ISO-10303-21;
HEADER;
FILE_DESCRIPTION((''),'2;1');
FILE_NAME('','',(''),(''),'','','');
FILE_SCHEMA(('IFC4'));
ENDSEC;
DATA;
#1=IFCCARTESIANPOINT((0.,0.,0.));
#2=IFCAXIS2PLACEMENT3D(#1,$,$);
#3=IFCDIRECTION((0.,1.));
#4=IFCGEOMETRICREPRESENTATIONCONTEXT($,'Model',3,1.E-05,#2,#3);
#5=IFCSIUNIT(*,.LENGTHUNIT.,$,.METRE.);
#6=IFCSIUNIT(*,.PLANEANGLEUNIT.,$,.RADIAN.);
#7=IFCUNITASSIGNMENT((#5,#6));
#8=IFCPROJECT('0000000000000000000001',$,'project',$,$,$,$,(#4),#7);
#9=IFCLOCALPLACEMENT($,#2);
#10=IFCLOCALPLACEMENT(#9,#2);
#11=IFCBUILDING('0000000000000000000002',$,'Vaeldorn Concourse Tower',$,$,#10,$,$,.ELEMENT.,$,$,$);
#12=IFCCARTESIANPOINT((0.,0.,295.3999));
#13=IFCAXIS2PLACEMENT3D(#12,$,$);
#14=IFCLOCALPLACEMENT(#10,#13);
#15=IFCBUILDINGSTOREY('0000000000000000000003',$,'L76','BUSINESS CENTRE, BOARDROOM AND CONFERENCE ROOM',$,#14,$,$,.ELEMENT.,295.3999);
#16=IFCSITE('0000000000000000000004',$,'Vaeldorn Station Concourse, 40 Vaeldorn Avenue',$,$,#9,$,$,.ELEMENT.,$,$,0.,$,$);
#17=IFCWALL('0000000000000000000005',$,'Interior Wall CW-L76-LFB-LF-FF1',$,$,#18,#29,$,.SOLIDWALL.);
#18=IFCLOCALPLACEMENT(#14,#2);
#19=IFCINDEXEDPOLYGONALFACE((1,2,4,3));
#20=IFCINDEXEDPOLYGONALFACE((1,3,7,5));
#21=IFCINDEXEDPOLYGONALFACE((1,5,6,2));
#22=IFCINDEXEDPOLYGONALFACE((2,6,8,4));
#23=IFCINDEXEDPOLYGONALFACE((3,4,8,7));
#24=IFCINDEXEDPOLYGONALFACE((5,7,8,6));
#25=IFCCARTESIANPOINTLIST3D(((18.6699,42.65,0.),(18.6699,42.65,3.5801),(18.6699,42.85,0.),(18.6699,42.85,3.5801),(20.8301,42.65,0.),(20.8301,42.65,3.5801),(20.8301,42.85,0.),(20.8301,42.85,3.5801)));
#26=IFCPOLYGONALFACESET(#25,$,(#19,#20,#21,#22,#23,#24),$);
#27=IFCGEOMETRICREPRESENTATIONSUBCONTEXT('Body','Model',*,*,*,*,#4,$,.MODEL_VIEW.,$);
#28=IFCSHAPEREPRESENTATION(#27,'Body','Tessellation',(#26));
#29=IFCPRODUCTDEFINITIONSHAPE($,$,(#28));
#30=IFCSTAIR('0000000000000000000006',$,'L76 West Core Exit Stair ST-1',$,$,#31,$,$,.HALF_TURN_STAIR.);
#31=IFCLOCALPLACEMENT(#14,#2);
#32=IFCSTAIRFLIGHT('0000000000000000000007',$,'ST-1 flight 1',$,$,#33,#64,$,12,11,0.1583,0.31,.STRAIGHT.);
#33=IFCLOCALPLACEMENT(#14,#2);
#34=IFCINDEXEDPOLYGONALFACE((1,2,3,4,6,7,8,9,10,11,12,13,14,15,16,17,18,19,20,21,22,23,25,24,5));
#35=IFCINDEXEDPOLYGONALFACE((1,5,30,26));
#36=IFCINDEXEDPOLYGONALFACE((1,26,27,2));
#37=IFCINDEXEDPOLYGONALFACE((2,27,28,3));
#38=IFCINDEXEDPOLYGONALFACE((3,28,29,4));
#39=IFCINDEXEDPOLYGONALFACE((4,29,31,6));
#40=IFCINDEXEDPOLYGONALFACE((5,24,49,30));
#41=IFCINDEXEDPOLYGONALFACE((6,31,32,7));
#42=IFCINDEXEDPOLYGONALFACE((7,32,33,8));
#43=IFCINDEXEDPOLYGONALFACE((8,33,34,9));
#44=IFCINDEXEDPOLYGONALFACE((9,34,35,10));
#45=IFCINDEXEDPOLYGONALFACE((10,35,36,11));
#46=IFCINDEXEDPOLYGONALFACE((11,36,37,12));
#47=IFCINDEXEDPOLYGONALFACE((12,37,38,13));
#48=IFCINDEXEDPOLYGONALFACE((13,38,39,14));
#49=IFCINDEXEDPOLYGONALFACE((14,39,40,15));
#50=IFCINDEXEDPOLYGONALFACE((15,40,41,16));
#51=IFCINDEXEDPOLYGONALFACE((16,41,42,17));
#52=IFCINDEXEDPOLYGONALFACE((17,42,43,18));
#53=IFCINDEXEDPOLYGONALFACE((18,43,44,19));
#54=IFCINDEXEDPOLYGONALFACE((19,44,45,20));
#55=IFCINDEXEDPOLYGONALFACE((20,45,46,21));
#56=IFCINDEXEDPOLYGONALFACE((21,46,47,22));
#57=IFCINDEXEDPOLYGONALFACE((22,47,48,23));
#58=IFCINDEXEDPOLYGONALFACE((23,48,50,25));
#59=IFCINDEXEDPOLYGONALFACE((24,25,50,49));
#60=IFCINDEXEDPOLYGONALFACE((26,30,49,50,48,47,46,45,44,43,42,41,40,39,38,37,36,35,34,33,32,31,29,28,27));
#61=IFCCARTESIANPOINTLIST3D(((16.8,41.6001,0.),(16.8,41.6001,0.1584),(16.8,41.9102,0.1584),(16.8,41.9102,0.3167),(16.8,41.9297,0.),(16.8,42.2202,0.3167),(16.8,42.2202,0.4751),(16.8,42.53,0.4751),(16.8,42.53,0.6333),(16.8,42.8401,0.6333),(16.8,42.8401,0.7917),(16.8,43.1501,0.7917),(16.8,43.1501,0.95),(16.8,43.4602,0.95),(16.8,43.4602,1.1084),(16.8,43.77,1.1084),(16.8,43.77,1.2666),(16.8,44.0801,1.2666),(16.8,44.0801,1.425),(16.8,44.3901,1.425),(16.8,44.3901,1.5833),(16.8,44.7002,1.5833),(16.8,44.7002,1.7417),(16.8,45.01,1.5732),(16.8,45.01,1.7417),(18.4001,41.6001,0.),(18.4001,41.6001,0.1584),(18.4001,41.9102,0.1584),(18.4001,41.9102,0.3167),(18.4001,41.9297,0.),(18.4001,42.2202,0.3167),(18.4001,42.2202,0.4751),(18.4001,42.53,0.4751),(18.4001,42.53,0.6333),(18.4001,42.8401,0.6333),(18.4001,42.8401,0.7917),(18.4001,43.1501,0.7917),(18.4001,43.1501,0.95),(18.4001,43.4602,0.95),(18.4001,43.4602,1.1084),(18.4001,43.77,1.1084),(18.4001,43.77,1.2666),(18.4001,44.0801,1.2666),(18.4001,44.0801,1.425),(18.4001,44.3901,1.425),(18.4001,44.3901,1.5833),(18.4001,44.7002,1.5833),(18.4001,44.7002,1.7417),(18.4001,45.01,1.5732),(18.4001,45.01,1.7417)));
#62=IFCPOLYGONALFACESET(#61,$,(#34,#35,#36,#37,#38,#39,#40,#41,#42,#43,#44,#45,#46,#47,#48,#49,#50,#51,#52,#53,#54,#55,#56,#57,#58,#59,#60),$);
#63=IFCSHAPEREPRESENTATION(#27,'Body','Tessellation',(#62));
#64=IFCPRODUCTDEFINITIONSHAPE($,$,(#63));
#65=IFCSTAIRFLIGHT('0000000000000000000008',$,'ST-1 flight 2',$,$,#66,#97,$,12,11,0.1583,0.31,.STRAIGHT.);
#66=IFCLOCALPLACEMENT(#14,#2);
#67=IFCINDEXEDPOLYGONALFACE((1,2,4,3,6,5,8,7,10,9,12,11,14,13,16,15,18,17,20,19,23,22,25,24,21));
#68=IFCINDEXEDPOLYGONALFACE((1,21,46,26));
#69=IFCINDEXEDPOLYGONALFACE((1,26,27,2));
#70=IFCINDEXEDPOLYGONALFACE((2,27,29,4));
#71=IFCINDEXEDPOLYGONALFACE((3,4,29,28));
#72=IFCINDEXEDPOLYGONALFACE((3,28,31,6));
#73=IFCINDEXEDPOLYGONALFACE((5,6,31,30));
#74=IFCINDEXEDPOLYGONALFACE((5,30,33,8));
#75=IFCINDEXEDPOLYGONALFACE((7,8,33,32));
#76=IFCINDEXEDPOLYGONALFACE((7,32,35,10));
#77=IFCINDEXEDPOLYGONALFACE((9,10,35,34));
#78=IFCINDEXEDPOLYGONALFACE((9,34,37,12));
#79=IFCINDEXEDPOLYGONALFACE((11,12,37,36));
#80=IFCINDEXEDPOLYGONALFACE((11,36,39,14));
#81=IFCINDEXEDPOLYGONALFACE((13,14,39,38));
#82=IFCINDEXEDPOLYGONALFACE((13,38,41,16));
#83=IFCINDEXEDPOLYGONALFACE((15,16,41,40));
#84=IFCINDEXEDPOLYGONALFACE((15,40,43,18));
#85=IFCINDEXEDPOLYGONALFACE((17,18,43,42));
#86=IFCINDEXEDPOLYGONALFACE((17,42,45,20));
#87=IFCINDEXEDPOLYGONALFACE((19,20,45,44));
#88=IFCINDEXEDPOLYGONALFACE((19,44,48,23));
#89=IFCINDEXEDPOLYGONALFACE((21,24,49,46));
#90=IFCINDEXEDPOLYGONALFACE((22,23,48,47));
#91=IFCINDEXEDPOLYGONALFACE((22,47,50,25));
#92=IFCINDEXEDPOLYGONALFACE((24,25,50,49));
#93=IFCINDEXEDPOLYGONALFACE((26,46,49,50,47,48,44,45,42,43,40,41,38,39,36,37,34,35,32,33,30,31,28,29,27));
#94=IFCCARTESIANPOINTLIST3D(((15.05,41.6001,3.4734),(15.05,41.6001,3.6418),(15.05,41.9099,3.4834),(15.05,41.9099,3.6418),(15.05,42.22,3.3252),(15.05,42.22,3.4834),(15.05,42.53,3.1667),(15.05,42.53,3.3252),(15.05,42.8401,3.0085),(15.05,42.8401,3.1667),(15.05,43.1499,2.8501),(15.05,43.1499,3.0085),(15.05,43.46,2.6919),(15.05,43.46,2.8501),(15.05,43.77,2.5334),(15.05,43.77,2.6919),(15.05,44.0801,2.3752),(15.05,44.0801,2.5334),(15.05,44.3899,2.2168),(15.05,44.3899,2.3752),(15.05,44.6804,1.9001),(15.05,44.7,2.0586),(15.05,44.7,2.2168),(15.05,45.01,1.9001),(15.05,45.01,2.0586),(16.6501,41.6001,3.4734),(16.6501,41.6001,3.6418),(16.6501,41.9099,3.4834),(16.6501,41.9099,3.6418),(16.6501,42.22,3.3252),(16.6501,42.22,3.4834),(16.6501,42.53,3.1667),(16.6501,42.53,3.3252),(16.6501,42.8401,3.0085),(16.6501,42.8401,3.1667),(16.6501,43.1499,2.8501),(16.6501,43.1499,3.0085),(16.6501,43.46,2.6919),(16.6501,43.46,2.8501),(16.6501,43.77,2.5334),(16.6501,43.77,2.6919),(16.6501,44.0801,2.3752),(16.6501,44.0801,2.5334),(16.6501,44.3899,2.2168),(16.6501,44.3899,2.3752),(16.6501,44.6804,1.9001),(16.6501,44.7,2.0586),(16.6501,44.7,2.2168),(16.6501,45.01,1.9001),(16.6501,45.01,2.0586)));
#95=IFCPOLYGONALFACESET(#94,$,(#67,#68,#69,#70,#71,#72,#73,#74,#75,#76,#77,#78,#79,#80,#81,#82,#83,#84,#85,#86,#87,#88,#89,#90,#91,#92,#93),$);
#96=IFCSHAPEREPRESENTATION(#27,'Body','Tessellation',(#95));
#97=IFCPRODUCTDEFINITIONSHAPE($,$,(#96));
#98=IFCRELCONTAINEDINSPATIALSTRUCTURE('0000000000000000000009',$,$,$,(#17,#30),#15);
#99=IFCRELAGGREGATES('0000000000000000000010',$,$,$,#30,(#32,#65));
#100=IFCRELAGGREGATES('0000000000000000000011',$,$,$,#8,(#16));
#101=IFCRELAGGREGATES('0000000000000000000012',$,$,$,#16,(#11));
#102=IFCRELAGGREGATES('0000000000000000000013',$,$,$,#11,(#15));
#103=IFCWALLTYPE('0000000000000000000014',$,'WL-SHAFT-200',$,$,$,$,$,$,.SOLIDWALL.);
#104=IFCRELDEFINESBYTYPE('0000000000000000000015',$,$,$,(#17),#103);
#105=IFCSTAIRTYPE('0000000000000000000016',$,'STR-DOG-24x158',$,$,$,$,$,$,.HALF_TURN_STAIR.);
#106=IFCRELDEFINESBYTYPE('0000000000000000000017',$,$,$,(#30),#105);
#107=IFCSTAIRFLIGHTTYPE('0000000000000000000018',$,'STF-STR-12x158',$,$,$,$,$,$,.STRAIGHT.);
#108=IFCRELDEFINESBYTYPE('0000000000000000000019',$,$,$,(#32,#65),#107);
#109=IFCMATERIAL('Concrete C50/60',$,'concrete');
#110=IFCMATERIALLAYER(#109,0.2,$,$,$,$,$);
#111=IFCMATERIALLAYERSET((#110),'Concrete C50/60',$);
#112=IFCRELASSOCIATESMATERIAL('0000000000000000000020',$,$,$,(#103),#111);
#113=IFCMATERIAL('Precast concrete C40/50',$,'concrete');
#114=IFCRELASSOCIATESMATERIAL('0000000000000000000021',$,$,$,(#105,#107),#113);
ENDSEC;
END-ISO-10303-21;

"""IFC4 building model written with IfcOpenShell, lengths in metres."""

from ifc_helpers import new_model, si_unit, direction, frame, frame_2d, origin, place, context, subcontext, project, spatial, polyline, rectangle, outline, extrude, material, layer, layer_set, type_object, element, aggregate, save


model = new_model("IFC4")

# Units and contexts
model_context = context("Model", 3, precision=1e-05, world=origin(), true_north=direction((0.0, 1.0)))
body_context = subcontext(model_context, "Body", "Model", "MODEL_VIEW")
ifc_project = project(units=[si_unit("LENGTHUNIT", "METRE"), si_unit("PLANEANGLEUNIT", "RADIAN")], contexts=[model_context])

# Site, building, storey
site_placement = place(None, origin())
site = spatial("IfcSite", under=ifc_project, at=site_placement, Name="Vaeldorn Station Concourse, 40 Vaeldorn Avenue", CompositionType="ELEMENT", RefElevation=0.0)
building_placement = place(site_placement, origin())
building = spatial("IfcBuilding", under=site, at=building_placement, Name="Vaeldorn Concourse Tower", CompositionType="ELEMENT")
storey_placement = place(building_placement, frame((0.0, 0.0, 295.3999)))
storey = spatial("IfcBuildingStorey", under=building, at=storey_placement, Name="L76", Description="BUSINESS CENTRE, BOARDROOM AND CONFERENCE ROOM", CompositionType="ELEMENT", Elevation=295.3999)

# Shared definitions
ifc_material_1 = material(Name="Concrete C50/60", Category="concrete")

# Shared definitions
ifc_layer_1 = layer(ifc_material_1, 0.2)
ifc_layer_set_1 = layer_set([ifc_layer_1], Name="Concrete C50/60")
wall_type_1 = type_object("IfcWallType", Name="WL-SHAFT-200", PredefinedType="SOLIDWALL", material=ifc_layer_set_1)

# Wall
wall_1_placement = place(storey_placement, frame((18.6699, 42.75, 0.0), z_axis=(0.0, 0.0, 1.0), x_axis=(1.0, 0.0, 0.0)))
element("IfcWall", 1, at=wall_1_placement, inside=storey, type_object=wall_type_1, Name="Interior Wall CW-L76-LFB-LF-FF1", PredefinedType="SOLIDWALL", context=body_context, shape_type="SweptSolid", body=[
    extrude(rectangle(XDim=2.1602, YDim=0.2, at=frame_2d((1.0801, 0.0))), origin(), (0.0, 0.0, 1.0), 3.5801),
])

# Stair, stair flights
ifc_material_2 = material(Name="Precast concrete C40/50", Category="concrete")
stair_type = type_object("IfcStairType", Name="STR-DOG-24x158", PredefinedType="HALF_TURN_STAIR", material=ifc_material_2)
stair_placement = place(storey_placement, origin())
stair = element("IfcStair", 2, at=stair_placement, inside=storey, type_object=stair_type, Name="L76 West Core Exit Stair ST-1", PredefinedType="HALF_TURN_STAIR")
stair_flight_type = type_object("IfcStairFlightType", Name="STF-STR-12x158", PredefinedType="STRAIGHT", material=ifc_material_2)
stair_flight_1_placement = place(storey_placement, frame((17.6001, 41.6001, 0.0), z_axis=(0.0, 0.0, 1.0), x_axis=(0.0, 1.0, 0.0)))
stair_flight_1 = element("IfcStairFlight", 3, at=stair_flight_1_placement, type_object=stair_flight_type, Name="ST-1 flight 1", NumberOfRisers=12, NumberOfTreads=11, PredefinedType="STRAIGHT", RiserHeight=0.1583, TreadLength=0.31, context=body_context, shape_type="SweptSolid", body=[
    extrude(outline(polyline([(0.0, 0.0), (0.0, 0.1584), (0.3101, 0.1584), (0.3101, 0.3167), (0.6201, 0.3167), (0.6201, 0.4751), (0.9299, 0.4751), (0.9299, 0.6333), (1.24, 0.6333), (1.24, 0.7917), (1.55, 0.7917), (1.55, 0.95), (1.8601, 0.95), (1.8601, 1.1084), (2.1699, 1.1084), (2.1699, 1.2666), (2.48, 1.2666), (2.48, 1.425), (2.79, 1.425), (2.79, 1.5833), (3.1001, 1.5833), (3.1001, 1.7417), (3.4099, 1.7417), (3.4099, 1.8999), (3.4099, 1.5732), (0.3296, 0.0), (0.0, 0.0)])), frame((0.0, 0.8, 0.0), z_axis=(0.0, -1.0, 0.0), x_axis=(1.0, 0.0, 0.0)), (0.0, 0.0, 1.0), 1.6001),
])
stair_flight_2_placement = place(storey_placement, frame((15.8501, 45.01, 1.9001), z_axis=(0.0, 0.0, 1.0), x_axis=(0.0, -1.0, 0.0)))
stair_flight_2 = element("IfcStairFlight", 4, at=stair_flight_2_placement, type_object=stair_flight_type, Name="ST-1 flight 2", NumberOfRisers=12, NumberOfTreads=11, PredefinedType="STRAIGHT", RiserHeight=0.1583, TreadLength=0.31, context=body_context, shape_type="SweptSolid", body=[
    extrude(outline(polyline([(0.0, 0.0), (0.0, 0.1584), (0.3101, 0.1584), (0.3101, 0.3167), (0.6201, 0.3167), (0.6201, 0.4751), (0.9299, 0.4751), (0.9299, 0.6333), (1.24, 0.6333), (1.24, 0.7917), (1.55, 0.7917), (1.55, 0.95), (1.8601, 0.95), (1.8601, 1.1084), (2.1699, 1.1084), (2.1699, 1.2666), (2.48, 1.2666), (2.48, 1.425), (2.79, 1.425), (2.79, 1.5833), (3.1001, 1.5833), (3.1001, 1.7417), (3.4099, 1.7417), (3.4099, 1.8999), (3.4099, 1.5732), (0.3296, 0.0), (0.0, 0.0)])), frame((0.0, 0.8, 0.0), z_axis=(0.0, -1.0, 0.0), x_axis=(1.0, 0.0, 0.0)), (0.0, 0.0, 1.0), 1.6001),
])
aggregate(stair, [stair_flight_1, stair_flight_2])

save(model, "model.ifc")
